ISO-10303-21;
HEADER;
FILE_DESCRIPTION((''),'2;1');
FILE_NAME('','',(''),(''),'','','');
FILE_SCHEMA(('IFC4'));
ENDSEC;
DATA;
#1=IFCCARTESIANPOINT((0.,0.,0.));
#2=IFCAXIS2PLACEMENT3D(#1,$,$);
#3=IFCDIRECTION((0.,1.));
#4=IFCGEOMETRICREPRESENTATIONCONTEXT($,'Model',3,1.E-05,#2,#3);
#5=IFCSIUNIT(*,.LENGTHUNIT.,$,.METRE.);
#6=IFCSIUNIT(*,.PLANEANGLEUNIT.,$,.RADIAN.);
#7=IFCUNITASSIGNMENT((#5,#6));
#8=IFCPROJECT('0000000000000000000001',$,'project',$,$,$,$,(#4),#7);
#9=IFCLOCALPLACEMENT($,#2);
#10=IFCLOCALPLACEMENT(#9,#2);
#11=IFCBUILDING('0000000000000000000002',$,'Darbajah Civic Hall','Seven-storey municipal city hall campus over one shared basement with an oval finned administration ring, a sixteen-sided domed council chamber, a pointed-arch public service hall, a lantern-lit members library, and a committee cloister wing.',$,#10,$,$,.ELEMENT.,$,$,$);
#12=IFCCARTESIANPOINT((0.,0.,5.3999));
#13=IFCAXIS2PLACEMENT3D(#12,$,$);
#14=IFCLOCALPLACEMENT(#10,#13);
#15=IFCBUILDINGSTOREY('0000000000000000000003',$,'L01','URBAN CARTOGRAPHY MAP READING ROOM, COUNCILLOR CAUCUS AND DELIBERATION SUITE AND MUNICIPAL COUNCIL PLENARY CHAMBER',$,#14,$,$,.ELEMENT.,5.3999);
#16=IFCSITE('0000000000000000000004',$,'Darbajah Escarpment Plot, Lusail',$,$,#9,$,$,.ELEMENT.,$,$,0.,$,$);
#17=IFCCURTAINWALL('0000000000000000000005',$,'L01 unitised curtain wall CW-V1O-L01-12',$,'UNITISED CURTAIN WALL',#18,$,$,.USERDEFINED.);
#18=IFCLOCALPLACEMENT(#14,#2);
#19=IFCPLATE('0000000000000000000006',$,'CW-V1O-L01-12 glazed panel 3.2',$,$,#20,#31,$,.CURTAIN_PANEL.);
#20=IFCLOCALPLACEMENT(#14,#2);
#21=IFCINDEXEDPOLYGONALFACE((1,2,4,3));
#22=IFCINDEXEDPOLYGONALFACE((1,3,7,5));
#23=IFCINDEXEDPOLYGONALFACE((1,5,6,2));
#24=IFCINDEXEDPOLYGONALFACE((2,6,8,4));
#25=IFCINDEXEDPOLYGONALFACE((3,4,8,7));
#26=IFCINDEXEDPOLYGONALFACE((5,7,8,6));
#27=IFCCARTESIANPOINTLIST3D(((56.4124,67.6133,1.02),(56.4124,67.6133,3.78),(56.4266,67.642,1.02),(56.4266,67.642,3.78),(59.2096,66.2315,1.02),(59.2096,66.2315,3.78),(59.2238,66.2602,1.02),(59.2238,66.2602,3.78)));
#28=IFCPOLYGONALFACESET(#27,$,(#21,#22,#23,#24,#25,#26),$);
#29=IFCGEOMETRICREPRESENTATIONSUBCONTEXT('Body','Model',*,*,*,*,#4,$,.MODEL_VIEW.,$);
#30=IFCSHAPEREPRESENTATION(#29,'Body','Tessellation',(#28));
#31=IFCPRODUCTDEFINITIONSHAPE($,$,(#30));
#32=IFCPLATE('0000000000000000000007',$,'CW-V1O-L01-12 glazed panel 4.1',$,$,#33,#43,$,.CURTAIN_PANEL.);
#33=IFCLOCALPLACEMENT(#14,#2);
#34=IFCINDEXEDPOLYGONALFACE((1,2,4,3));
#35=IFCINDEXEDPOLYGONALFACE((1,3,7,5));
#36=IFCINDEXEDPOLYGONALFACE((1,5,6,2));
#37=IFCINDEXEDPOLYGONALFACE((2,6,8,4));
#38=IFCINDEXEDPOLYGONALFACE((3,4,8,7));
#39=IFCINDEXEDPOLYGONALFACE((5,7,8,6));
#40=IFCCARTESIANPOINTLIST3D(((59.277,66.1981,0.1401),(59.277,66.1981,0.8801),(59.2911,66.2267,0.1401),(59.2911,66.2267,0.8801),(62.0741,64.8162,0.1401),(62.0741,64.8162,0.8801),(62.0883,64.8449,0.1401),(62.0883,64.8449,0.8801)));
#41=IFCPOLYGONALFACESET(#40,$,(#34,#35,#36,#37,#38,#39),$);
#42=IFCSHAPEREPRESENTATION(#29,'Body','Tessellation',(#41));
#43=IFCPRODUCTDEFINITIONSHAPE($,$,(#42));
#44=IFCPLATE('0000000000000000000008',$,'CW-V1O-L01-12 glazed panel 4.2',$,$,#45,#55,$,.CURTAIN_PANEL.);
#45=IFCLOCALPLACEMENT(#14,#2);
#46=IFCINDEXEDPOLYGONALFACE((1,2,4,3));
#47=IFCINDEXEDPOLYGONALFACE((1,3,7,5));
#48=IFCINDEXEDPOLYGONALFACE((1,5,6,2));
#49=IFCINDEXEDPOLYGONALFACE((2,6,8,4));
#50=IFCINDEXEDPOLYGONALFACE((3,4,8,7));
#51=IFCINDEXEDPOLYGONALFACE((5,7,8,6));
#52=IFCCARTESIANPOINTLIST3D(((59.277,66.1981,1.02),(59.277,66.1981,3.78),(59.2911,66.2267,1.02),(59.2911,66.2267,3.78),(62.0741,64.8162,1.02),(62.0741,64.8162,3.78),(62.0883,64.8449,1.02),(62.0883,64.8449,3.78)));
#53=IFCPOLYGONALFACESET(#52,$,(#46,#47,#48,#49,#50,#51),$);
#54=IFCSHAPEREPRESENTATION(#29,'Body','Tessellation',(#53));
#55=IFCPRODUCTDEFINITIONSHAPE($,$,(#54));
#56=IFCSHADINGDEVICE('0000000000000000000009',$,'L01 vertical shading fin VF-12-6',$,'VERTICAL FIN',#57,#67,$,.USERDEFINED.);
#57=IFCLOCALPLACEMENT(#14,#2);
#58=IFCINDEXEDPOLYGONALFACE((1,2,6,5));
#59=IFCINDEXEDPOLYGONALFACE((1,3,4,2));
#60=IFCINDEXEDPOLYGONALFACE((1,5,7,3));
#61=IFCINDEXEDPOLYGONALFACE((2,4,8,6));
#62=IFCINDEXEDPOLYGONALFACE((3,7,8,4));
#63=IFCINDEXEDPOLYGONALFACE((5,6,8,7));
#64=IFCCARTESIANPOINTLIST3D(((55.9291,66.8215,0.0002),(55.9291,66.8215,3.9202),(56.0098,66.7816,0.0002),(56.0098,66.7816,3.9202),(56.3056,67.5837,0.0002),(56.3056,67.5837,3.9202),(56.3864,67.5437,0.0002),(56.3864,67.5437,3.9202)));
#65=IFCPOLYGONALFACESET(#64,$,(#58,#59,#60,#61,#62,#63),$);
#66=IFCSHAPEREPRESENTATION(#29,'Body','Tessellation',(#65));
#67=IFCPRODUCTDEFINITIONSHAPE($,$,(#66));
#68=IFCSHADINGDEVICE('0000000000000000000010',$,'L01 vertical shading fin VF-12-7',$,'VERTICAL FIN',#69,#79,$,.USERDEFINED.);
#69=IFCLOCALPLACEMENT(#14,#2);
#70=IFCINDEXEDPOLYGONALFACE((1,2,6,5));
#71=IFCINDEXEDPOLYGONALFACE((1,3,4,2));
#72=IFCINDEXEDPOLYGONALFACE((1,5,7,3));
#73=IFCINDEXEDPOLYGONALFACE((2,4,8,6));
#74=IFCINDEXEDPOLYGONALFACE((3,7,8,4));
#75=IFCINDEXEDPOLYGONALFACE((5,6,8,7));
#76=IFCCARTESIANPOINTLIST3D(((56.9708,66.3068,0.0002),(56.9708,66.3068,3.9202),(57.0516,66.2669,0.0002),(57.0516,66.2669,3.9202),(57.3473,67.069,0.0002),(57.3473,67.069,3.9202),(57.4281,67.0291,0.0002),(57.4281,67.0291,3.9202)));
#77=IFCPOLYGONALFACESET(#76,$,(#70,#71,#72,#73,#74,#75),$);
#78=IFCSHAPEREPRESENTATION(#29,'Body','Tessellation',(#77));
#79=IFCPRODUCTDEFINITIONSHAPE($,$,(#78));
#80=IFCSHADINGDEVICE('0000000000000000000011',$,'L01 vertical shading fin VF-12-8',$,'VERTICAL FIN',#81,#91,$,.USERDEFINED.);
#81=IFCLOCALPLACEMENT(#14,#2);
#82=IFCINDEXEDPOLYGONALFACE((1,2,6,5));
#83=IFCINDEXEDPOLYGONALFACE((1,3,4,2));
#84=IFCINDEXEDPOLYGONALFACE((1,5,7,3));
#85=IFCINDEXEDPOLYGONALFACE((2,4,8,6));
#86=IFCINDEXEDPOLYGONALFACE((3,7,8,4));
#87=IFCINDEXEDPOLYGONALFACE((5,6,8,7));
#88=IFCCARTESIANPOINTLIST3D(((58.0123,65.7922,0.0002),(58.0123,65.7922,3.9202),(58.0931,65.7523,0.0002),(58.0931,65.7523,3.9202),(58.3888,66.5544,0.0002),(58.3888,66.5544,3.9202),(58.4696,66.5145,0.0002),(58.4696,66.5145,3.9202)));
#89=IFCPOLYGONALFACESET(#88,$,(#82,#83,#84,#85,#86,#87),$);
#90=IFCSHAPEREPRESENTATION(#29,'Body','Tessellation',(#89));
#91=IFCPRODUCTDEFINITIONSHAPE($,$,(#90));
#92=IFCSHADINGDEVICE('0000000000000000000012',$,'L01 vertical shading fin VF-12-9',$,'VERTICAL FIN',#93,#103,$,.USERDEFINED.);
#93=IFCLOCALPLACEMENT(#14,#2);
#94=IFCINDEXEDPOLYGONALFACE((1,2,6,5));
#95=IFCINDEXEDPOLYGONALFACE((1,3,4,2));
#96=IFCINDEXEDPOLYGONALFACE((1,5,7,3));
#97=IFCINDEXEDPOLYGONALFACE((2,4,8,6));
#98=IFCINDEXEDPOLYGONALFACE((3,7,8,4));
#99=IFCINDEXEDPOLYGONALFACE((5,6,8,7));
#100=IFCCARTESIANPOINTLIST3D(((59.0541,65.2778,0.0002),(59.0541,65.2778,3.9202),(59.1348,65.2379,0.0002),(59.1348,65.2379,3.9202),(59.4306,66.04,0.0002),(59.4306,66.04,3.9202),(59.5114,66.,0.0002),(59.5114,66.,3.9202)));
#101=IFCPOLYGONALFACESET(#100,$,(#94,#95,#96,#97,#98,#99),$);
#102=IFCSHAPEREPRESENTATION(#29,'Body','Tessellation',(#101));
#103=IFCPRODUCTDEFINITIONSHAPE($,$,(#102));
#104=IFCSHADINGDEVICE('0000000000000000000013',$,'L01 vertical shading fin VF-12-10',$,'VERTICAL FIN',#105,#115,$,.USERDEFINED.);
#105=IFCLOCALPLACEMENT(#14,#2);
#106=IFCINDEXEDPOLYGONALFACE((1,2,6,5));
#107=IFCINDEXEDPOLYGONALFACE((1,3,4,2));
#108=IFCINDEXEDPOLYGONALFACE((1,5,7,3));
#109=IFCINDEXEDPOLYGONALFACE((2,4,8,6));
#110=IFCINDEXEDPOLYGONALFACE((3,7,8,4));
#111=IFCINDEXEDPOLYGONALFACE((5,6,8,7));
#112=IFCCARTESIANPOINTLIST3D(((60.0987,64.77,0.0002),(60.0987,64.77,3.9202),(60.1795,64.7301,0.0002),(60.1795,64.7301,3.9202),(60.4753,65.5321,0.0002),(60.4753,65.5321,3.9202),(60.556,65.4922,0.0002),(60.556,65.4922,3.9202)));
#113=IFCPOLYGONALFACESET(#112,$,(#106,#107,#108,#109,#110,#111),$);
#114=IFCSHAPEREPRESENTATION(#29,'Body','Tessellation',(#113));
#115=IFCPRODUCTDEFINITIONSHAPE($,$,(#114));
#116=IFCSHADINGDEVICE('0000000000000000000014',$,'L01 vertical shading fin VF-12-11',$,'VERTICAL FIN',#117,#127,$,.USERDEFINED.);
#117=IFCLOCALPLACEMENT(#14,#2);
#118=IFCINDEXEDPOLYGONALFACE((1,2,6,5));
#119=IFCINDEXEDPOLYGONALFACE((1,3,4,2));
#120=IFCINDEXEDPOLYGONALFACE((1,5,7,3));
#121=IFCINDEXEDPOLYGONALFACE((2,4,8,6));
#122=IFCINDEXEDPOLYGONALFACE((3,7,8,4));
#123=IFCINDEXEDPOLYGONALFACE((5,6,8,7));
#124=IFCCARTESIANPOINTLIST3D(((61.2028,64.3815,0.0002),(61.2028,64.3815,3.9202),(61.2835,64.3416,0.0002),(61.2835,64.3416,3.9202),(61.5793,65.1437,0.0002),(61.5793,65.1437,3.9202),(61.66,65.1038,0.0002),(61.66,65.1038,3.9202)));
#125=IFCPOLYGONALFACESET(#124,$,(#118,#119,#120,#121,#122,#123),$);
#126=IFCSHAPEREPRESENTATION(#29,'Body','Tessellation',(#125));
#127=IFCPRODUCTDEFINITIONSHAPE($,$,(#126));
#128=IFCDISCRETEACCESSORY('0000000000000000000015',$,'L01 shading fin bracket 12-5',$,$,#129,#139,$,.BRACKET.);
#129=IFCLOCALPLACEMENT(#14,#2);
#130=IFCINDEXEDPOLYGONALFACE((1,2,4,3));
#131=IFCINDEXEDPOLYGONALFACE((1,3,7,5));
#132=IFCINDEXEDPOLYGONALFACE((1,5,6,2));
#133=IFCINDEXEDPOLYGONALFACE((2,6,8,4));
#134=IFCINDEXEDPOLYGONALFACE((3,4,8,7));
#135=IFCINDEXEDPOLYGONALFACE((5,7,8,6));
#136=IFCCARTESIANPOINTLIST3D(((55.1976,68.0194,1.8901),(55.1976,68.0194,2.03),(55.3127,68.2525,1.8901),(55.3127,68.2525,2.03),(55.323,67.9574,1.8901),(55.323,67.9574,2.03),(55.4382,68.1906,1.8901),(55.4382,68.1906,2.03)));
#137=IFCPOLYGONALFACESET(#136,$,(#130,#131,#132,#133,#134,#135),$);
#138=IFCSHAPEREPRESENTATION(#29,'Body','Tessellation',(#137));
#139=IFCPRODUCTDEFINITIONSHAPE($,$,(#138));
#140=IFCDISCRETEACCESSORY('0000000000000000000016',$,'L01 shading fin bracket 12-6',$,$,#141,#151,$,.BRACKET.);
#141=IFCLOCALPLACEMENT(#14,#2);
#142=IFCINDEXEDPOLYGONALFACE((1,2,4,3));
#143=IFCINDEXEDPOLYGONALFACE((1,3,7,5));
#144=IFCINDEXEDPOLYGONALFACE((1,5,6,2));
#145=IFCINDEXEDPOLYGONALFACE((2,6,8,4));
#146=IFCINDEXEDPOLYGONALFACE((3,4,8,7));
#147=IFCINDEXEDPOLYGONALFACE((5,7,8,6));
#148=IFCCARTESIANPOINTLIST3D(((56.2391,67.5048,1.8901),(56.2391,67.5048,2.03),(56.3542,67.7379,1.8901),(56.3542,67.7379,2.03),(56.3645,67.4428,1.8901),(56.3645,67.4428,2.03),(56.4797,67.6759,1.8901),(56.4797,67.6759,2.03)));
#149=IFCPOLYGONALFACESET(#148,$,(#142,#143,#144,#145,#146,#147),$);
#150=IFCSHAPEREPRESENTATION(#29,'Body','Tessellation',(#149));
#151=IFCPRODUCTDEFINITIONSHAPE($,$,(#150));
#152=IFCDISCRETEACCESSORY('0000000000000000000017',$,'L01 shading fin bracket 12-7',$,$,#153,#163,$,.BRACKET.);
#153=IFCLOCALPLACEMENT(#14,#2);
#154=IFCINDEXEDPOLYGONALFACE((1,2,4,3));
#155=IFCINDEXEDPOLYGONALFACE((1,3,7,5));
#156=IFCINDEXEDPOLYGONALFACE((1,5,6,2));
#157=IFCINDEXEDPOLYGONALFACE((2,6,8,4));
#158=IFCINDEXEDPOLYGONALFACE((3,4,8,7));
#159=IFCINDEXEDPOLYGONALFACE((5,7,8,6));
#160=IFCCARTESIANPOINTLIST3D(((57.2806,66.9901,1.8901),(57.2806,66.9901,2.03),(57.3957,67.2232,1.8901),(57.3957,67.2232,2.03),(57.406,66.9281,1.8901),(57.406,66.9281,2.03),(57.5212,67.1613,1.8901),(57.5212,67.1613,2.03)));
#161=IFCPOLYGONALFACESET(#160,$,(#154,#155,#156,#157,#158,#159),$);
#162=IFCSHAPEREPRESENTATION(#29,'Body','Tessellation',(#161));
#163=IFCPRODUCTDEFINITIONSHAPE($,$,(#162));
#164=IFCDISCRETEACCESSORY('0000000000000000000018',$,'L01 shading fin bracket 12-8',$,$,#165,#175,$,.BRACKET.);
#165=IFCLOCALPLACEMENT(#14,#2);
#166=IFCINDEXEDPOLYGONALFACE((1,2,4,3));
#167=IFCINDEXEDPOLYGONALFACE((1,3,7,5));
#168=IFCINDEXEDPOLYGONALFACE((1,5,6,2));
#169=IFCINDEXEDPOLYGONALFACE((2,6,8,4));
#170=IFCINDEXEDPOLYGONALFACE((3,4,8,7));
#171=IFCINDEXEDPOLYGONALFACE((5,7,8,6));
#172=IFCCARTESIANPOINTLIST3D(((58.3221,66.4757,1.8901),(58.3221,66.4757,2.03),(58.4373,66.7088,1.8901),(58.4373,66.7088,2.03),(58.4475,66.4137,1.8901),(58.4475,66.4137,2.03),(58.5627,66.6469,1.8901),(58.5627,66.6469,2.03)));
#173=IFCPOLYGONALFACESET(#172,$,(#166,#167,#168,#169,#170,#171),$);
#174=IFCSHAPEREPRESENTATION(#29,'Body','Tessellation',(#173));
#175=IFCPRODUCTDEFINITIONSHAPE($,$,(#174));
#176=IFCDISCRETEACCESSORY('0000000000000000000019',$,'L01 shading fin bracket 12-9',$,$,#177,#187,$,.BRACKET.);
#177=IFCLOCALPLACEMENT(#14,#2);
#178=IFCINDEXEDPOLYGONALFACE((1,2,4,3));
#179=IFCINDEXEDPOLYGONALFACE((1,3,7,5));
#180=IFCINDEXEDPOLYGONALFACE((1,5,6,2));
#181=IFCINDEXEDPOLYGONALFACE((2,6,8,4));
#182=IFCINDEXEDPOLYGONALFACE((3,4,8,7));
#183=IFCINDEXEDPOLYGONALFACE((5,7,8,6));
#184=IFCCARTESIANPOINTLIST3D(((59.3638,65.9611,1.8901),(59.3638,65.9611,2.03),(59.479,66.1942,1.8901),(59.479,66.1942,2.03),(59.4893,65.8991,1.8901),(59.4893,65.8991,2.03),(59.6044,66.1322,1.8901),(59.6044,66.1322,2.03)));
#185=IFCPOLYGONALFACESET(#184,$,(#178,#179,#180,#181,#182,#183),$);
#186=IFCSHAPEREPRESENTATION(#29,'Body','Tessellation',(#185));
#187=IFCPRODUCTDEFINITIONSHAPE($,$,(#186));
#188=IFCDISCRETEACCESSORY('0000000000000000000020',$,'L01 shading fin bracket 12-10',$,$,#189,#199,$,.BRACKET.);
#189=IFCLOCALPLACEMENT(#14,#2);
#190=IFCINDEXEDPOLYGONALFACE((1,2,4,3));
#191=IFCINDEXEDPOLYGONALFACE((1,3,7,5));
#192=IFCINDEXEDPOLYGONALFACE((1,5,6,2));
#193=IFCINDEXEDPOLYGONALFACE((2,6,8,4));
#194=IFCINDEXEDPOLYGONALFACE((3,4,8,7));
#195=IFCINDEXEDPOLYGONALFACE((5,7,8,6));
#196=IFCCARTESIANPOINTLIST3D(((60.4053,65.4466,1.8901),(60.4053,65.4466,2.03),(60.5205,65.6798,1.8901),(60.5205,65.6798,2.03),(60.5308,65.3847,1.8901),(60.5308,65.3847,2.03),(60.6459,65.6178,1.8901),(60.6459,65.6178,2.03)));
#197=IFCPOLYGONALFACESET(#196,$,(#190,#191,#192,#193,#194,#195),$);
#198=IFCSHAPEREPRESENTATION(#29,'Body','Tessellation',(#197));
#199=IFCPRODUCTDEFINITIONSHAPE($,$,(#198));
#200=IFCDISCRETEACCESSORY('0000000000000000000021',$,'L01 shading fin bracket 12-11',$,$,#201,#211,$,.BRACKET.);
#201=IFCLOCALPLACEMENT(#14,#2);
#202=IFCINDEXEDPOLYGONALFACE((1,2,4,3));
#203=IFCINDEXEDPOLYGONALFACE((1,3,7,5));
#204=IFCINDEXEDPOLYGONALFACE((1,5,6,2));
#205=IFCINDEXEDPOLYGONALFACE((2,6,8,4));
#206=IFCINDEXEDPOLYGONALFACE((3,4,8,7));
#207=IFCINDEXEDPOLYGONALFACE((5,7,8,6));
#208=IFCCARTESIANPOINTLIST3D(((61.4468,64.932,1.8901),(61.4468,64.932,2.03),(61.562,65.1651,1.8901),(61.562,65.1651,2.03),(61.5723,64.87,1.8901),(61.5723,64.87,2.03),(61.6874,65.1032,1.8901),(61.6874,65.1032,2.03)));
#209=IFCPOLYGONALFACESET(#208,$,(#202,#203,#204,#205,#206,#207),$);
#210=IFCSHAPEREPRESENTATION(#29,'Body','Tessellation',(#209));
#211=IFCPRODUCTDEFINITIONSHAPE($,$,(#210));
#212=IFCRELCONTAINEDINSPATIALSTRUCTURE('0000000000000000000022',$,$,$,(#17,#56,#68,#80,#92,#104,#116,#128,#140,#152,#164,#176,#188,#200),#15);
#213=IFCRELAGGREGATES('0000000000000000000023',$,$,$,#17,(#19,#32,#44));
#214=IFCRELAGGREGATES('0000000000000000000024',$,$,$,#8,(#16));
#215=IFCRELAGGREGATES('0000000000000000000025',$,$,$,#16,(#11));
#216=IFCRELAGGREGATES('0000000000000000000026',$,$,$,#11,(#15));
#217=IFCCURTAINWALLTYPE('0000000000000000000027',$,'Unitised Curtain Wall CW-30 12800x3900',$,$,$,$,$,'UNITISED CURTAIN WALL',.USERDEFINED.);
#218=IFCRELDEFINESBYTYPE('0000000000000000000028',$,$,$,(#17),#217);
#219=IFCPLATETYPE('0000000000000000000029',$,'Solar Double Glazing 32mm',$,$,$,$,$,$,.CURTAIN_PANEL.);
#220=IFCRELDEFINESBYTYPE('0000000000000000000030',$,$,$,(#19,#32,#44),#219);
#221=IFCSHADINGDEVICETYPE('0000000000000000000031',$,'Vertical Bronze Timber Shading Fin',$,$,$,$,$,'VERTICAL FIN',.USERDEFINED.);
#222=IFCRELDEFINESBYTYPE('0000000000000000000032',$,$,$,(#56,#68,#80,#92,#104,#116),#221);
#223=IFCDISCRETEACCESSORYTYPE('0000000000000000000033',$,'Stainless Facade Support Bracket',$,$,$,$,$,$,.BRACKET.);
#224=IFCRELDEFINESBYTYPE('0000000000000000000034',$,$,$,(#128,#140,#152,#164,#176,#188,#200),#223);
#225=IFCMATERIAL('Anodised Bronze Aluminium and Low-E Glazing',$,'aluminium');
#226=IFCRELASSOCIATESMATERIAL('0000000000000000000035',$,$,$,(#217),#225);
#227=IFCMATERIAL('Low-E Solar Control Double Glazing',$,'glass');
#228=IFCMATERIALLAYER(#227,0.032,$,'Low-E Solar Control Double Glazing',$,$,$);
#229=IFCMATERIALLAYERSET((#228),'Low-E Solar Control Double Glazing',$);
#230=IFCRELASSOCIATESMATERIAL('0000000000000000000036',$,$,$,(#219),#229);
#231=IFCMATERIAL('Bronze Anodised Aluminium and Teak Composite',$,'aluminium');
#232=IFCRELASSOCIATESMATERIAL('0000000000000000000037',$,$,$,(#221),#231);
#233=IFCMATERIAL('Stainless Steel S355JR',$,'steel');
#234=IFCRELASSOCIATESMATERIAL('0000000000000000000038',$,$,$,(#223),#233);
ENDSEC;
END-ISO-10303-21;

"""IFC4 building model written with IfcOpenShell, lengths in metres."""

from ifc_helpers import new_model, si_unit, direction, frame, origin, origin_2d, place, context, subcontext, project, spatial, rectangle, extrude, material, layer, layer_set, type_object, element, aggregate, save


model = new_model("IFC4")

# Units and contexts
model_context = context("Model", 3, precision=1e-05, world=origin(), true_north=direction((0.0, 1.0)))
body_context = subcontext(model_context, "Body", "Model", "MODEL_VIEW")
ifc_project = project(units=[si_unit("LENGTHUNIT", "METRE"), si_unit("PLANEANGLEUNIT", "RADIAN")], contexts=[model_context])

# Site, building, storey
site_placement = place(None, origin())
site = spatial("IfcSite", under=ifc_project, at=site_placement, Name="Darbajah Escarpment Plot, Lusail", CompositionType="ELEMENT", RefElevation=0.0)
building_placement = place(site_placement, origin())
building = spatial("IfcBuilding", under=site, at=building_placement, Name="Darbajah Civic Hall", Description="Seven-storey municipal city hall campus over one shared basement with an oval finned administration ring, a sixteen-sided domed council chamber, a pointed-arch public service hall, a lantern-lit members library, and a committee cloister wing.", CompositionType="ELEMENT")
storey_placement = place(building_placement, frame((0.0, 0.0, 5.3999)))
storey = spatial("IfcBuildingStorey", under=building, at=storey_placement, Name="L01", Description="URBAN CARTOGRAPHY MAP READING ROOM, COUNCILLOR CAUCUS AND DELIBERATION SUITE AND MUNICIPAL COUNCIL PLENARY CHAMBER", CompositionType="ELEMENT", Elevation=5.3999)

# Shared definitions
ifc_material_1 = material(Name="Anodised Bronze Aluminium and Low-E Glazing", Category="aluminium")

# Curtain wall
curtain_wall_type_1 = type_object("IfcCurtainWallType", Name="Unitised Curtain Wall CW-30 12800x3900", ElementType="UNITISED CURTAIN WALL", PredefinedType="USERDEFINED", material=ifc_material_1)
curtain_wall_1_placement = place(storey_placement, origin())
curtain_wall_1 = element("IfcCurtainWall", 1, at=curtain_wall_1_placement, inside=storey, type_object=curtain_wall_type_1, Name="L01 unitised curtain wall CW-V1O-L01-12", ObjectType="UNITISED CURTAIN WALL", PredefinedType="USERDEFINED")

# Plates
ifc_material_2 = material(Name="Low-E Solar Control Double Glazing", Category="glass")
ifc_layer_1 = layer(ifc_material_2, 0.032, Name="Low-E Solar Control Double Glazing")
ifc_layer_set_1 = layer_set([ifc_layer_1], Name="Low-E Solar Control Double Glazing")
plate_type_1 = type_object("IfcPlateType", Name="Solar Double Glazing 32mm", PredefinedType="CURTAIN_PANEL", material=ifc_layer_set_1)
plate_1_placement = place(storey_placement, frame((57.8181, 66.9368, 1.02), z_axis=(0.0, 0.0, 1.0), x_axis=(0.896564, -0.442915, 0.0)))
plate_1 = element("IfcPlate", 2, at=plate_1_placement, type_object=plate_type_1, Name="CW-V1O-L01-12 glazed panel 3.2", PredefinedType="CURTAIN_PANEL", context=body_context, shape_type="SweptSolid", body=[
    extrude(rectangle(XDim=3.1199, YDim=0.032, at=origin_2d()), origin(), (0.0, 0.0, 1.0), 2.76),
])
plate_2_placement = place(storey_placement, frame((60.6826, 65.5215, 0.1401), z_axis=(0.0, 0.0, 1.0), x_axis=(0.896564, -0.442915, 0.0)))
plate_2 = element("IfcPlate", 3, at=plate_2_placement, type_object=plate_type_1, Name="CW-V1O-L01-12 glazed panel 4.1", PredefinedType="CURTAIN_PANEL", context=body_context, shape_type="SweptSolid", body=[
    extrude(rectangle(XDim=3.1199, YDim=0.032, at=origin_2d()), origin(), (0.0, 0.0, 1.0), 0.74),
])
plate_3_placement = place(storey_placement, frame((60.6826, 65.5215, 1.02), z_axis=(0.0, 0.0, 1.0), x_axis=(0.896564, -0.442915, 0.0)))
plate_3 = element("IfcPlate", 4, at=plate_3_placement, type_object=plate_type_1, Name="CW-V1O-L01-12 glazed panel 4.2", PredefinedType="CURTAIN_PANEL", context=body_context, shape_type="SweptSolid", body=[
    extrude(rectangle(XDim=3.1199, YDim=0.032, at=origin_2d()), origin(), (0.0, 0.0, 1.0), 2.76),
])
aggregate(curtain_wall_1, [plate_1, plate_2, plate_3])

# Shading devices
ifc_material_3 = material(Name="Bronze Anodised Aluminium and Teak Composite", Category="aluminium")
shading_device_type = type_object("IfcShadingDeviceType", Name="Vertical Bronze Timber Shading Fin", ElementType="VERTICAL FIN", PredefinedType="USERDEFINED", material=ifc_material_3)
for number, where, z_axis, x_axis, name in (
    (5, (56.1577, 67.1826, 0.0002), (0.0, 0.0, 1.0), (-0.442915, -0.896564, 0.0), "L01 vertical shading fin VF-12-6"),
    (6, (57.1995, 66.668, 0.0002), (0.0, 0.0, 1.0), (-0.442915, -0.896564, 0.0), "L01 vertical shading fin VF-12-7"),
    (7, (58.241, 66.1533, 0.0002), (0.0, 0.0, 1.0), (-0.442915, -0.896564, 0.0), "L01 vertical shading fin VF-12-8"),
    (8, (59.2827, 65.6389, 0.0002), (0.0, 0.0, 1.0), (-0.442915, -0.896564, 0.0), "L01 vertical shading fin VF-12-9"),
    (9, (60.3274, 65.1311, 0.0002), (0.0, 0.0, 1.0), (-0.442915, -0.896564, 0.0), "L01 vertical shading fin VF-12-10"),
    (10, (61.4314, 64.7427, 0.0002), (0.0, 0.0, 1.0), (-0.442915, -0.896564, 0.0), "L01 vertical shading fin VF-12-11"),
):
    element("IfcShadingDevice", number, at=place(storey_placement, frame(where, z_axis=z_axis, x_axis=x_axis)), inside=storey, type_object=shading_device_type, Name=name, ObjectType="VERTICAL FIN", PredefinedType="USERDEFINED", context=body_context, shape_type="SweptSolid", body=[
        extrude(rectangle(XDim=0.8501, YDim=0.0901, at=origin_2d()), origin(), (0.0, 0.0, 1.0), 3.9199),
    ])

# Discrete accessories
ifc_material_4 = material(Name="Stainless Steel S355JR", Category="steel")
discrete_accessory_type = type_object("IfcDiscreteAccessoryType", Name="Stainless Facade Support Bracket", PredefinedType="BRACKET", material=ifc_material_4)
for number, where, z_axis, x_axis, name in (
    (11, (55.3179, 68.105, 1.8901), (0.0, 0.0, 1.0), (-0.442915, -0.896564, 0.0), "L01 shading fin bracket 12-5"),
    (12, (56.3594, 67.5903, 1.8901), (0.0, 0.0, 1.0), (-0.442915, -0.896564, 0.0), "L01 shading fin bracket 12-6"),
    (13, (57.4009, 67.0757, 1.8901), (0.0, 0.0, 1.0), (-0.442915, -0.896564, 0.0), "L01 shading fin bracket 12-7"),
    (14, (58.4424, 66.5613, 1.8901), (0.0, 0.0, 1.0), (-0.442915, -0.896564, 0.0), "L01 shading fin bracket 12-8"),
    (15, (59.4841, 66.0466, 1.8901), (0.0, 0.0, 1.0), (-0.442915, -0.896564, 0.0), "L01 shading fin bracket 12-9"),
    (16, (60.5256, 65.5322, 1.8901), (0.0, 0.0, 1.0), (-0.442915, -0.896564, 0.0), "L01 shading fin bracket 12-10"),
    (17, (61.5671, 65.0176, 1.8901), (0.0, 0.0, 1.0), (-0.442915, -0.896564, 0.0), "L01 shading fin bracket 12-11"),
):
    element("IfcDiscreteAccessory", number, at=place(storey_placement, frame(where, z_axis=z_axis, x_axis=x_axis)), inside=storey, type_object=discrete_accessory_type, Name=name, PredefinedType="BRACKET", context=body_context, shape_type="SweptSolid", body=[
        extrude(rectangle(XDim=0.26, YDim=0.1399, at=origin_2d()), origin(), (0.0, 0.0, 1.0), 0.1399),
    ])

save(model, "model.ifc")
